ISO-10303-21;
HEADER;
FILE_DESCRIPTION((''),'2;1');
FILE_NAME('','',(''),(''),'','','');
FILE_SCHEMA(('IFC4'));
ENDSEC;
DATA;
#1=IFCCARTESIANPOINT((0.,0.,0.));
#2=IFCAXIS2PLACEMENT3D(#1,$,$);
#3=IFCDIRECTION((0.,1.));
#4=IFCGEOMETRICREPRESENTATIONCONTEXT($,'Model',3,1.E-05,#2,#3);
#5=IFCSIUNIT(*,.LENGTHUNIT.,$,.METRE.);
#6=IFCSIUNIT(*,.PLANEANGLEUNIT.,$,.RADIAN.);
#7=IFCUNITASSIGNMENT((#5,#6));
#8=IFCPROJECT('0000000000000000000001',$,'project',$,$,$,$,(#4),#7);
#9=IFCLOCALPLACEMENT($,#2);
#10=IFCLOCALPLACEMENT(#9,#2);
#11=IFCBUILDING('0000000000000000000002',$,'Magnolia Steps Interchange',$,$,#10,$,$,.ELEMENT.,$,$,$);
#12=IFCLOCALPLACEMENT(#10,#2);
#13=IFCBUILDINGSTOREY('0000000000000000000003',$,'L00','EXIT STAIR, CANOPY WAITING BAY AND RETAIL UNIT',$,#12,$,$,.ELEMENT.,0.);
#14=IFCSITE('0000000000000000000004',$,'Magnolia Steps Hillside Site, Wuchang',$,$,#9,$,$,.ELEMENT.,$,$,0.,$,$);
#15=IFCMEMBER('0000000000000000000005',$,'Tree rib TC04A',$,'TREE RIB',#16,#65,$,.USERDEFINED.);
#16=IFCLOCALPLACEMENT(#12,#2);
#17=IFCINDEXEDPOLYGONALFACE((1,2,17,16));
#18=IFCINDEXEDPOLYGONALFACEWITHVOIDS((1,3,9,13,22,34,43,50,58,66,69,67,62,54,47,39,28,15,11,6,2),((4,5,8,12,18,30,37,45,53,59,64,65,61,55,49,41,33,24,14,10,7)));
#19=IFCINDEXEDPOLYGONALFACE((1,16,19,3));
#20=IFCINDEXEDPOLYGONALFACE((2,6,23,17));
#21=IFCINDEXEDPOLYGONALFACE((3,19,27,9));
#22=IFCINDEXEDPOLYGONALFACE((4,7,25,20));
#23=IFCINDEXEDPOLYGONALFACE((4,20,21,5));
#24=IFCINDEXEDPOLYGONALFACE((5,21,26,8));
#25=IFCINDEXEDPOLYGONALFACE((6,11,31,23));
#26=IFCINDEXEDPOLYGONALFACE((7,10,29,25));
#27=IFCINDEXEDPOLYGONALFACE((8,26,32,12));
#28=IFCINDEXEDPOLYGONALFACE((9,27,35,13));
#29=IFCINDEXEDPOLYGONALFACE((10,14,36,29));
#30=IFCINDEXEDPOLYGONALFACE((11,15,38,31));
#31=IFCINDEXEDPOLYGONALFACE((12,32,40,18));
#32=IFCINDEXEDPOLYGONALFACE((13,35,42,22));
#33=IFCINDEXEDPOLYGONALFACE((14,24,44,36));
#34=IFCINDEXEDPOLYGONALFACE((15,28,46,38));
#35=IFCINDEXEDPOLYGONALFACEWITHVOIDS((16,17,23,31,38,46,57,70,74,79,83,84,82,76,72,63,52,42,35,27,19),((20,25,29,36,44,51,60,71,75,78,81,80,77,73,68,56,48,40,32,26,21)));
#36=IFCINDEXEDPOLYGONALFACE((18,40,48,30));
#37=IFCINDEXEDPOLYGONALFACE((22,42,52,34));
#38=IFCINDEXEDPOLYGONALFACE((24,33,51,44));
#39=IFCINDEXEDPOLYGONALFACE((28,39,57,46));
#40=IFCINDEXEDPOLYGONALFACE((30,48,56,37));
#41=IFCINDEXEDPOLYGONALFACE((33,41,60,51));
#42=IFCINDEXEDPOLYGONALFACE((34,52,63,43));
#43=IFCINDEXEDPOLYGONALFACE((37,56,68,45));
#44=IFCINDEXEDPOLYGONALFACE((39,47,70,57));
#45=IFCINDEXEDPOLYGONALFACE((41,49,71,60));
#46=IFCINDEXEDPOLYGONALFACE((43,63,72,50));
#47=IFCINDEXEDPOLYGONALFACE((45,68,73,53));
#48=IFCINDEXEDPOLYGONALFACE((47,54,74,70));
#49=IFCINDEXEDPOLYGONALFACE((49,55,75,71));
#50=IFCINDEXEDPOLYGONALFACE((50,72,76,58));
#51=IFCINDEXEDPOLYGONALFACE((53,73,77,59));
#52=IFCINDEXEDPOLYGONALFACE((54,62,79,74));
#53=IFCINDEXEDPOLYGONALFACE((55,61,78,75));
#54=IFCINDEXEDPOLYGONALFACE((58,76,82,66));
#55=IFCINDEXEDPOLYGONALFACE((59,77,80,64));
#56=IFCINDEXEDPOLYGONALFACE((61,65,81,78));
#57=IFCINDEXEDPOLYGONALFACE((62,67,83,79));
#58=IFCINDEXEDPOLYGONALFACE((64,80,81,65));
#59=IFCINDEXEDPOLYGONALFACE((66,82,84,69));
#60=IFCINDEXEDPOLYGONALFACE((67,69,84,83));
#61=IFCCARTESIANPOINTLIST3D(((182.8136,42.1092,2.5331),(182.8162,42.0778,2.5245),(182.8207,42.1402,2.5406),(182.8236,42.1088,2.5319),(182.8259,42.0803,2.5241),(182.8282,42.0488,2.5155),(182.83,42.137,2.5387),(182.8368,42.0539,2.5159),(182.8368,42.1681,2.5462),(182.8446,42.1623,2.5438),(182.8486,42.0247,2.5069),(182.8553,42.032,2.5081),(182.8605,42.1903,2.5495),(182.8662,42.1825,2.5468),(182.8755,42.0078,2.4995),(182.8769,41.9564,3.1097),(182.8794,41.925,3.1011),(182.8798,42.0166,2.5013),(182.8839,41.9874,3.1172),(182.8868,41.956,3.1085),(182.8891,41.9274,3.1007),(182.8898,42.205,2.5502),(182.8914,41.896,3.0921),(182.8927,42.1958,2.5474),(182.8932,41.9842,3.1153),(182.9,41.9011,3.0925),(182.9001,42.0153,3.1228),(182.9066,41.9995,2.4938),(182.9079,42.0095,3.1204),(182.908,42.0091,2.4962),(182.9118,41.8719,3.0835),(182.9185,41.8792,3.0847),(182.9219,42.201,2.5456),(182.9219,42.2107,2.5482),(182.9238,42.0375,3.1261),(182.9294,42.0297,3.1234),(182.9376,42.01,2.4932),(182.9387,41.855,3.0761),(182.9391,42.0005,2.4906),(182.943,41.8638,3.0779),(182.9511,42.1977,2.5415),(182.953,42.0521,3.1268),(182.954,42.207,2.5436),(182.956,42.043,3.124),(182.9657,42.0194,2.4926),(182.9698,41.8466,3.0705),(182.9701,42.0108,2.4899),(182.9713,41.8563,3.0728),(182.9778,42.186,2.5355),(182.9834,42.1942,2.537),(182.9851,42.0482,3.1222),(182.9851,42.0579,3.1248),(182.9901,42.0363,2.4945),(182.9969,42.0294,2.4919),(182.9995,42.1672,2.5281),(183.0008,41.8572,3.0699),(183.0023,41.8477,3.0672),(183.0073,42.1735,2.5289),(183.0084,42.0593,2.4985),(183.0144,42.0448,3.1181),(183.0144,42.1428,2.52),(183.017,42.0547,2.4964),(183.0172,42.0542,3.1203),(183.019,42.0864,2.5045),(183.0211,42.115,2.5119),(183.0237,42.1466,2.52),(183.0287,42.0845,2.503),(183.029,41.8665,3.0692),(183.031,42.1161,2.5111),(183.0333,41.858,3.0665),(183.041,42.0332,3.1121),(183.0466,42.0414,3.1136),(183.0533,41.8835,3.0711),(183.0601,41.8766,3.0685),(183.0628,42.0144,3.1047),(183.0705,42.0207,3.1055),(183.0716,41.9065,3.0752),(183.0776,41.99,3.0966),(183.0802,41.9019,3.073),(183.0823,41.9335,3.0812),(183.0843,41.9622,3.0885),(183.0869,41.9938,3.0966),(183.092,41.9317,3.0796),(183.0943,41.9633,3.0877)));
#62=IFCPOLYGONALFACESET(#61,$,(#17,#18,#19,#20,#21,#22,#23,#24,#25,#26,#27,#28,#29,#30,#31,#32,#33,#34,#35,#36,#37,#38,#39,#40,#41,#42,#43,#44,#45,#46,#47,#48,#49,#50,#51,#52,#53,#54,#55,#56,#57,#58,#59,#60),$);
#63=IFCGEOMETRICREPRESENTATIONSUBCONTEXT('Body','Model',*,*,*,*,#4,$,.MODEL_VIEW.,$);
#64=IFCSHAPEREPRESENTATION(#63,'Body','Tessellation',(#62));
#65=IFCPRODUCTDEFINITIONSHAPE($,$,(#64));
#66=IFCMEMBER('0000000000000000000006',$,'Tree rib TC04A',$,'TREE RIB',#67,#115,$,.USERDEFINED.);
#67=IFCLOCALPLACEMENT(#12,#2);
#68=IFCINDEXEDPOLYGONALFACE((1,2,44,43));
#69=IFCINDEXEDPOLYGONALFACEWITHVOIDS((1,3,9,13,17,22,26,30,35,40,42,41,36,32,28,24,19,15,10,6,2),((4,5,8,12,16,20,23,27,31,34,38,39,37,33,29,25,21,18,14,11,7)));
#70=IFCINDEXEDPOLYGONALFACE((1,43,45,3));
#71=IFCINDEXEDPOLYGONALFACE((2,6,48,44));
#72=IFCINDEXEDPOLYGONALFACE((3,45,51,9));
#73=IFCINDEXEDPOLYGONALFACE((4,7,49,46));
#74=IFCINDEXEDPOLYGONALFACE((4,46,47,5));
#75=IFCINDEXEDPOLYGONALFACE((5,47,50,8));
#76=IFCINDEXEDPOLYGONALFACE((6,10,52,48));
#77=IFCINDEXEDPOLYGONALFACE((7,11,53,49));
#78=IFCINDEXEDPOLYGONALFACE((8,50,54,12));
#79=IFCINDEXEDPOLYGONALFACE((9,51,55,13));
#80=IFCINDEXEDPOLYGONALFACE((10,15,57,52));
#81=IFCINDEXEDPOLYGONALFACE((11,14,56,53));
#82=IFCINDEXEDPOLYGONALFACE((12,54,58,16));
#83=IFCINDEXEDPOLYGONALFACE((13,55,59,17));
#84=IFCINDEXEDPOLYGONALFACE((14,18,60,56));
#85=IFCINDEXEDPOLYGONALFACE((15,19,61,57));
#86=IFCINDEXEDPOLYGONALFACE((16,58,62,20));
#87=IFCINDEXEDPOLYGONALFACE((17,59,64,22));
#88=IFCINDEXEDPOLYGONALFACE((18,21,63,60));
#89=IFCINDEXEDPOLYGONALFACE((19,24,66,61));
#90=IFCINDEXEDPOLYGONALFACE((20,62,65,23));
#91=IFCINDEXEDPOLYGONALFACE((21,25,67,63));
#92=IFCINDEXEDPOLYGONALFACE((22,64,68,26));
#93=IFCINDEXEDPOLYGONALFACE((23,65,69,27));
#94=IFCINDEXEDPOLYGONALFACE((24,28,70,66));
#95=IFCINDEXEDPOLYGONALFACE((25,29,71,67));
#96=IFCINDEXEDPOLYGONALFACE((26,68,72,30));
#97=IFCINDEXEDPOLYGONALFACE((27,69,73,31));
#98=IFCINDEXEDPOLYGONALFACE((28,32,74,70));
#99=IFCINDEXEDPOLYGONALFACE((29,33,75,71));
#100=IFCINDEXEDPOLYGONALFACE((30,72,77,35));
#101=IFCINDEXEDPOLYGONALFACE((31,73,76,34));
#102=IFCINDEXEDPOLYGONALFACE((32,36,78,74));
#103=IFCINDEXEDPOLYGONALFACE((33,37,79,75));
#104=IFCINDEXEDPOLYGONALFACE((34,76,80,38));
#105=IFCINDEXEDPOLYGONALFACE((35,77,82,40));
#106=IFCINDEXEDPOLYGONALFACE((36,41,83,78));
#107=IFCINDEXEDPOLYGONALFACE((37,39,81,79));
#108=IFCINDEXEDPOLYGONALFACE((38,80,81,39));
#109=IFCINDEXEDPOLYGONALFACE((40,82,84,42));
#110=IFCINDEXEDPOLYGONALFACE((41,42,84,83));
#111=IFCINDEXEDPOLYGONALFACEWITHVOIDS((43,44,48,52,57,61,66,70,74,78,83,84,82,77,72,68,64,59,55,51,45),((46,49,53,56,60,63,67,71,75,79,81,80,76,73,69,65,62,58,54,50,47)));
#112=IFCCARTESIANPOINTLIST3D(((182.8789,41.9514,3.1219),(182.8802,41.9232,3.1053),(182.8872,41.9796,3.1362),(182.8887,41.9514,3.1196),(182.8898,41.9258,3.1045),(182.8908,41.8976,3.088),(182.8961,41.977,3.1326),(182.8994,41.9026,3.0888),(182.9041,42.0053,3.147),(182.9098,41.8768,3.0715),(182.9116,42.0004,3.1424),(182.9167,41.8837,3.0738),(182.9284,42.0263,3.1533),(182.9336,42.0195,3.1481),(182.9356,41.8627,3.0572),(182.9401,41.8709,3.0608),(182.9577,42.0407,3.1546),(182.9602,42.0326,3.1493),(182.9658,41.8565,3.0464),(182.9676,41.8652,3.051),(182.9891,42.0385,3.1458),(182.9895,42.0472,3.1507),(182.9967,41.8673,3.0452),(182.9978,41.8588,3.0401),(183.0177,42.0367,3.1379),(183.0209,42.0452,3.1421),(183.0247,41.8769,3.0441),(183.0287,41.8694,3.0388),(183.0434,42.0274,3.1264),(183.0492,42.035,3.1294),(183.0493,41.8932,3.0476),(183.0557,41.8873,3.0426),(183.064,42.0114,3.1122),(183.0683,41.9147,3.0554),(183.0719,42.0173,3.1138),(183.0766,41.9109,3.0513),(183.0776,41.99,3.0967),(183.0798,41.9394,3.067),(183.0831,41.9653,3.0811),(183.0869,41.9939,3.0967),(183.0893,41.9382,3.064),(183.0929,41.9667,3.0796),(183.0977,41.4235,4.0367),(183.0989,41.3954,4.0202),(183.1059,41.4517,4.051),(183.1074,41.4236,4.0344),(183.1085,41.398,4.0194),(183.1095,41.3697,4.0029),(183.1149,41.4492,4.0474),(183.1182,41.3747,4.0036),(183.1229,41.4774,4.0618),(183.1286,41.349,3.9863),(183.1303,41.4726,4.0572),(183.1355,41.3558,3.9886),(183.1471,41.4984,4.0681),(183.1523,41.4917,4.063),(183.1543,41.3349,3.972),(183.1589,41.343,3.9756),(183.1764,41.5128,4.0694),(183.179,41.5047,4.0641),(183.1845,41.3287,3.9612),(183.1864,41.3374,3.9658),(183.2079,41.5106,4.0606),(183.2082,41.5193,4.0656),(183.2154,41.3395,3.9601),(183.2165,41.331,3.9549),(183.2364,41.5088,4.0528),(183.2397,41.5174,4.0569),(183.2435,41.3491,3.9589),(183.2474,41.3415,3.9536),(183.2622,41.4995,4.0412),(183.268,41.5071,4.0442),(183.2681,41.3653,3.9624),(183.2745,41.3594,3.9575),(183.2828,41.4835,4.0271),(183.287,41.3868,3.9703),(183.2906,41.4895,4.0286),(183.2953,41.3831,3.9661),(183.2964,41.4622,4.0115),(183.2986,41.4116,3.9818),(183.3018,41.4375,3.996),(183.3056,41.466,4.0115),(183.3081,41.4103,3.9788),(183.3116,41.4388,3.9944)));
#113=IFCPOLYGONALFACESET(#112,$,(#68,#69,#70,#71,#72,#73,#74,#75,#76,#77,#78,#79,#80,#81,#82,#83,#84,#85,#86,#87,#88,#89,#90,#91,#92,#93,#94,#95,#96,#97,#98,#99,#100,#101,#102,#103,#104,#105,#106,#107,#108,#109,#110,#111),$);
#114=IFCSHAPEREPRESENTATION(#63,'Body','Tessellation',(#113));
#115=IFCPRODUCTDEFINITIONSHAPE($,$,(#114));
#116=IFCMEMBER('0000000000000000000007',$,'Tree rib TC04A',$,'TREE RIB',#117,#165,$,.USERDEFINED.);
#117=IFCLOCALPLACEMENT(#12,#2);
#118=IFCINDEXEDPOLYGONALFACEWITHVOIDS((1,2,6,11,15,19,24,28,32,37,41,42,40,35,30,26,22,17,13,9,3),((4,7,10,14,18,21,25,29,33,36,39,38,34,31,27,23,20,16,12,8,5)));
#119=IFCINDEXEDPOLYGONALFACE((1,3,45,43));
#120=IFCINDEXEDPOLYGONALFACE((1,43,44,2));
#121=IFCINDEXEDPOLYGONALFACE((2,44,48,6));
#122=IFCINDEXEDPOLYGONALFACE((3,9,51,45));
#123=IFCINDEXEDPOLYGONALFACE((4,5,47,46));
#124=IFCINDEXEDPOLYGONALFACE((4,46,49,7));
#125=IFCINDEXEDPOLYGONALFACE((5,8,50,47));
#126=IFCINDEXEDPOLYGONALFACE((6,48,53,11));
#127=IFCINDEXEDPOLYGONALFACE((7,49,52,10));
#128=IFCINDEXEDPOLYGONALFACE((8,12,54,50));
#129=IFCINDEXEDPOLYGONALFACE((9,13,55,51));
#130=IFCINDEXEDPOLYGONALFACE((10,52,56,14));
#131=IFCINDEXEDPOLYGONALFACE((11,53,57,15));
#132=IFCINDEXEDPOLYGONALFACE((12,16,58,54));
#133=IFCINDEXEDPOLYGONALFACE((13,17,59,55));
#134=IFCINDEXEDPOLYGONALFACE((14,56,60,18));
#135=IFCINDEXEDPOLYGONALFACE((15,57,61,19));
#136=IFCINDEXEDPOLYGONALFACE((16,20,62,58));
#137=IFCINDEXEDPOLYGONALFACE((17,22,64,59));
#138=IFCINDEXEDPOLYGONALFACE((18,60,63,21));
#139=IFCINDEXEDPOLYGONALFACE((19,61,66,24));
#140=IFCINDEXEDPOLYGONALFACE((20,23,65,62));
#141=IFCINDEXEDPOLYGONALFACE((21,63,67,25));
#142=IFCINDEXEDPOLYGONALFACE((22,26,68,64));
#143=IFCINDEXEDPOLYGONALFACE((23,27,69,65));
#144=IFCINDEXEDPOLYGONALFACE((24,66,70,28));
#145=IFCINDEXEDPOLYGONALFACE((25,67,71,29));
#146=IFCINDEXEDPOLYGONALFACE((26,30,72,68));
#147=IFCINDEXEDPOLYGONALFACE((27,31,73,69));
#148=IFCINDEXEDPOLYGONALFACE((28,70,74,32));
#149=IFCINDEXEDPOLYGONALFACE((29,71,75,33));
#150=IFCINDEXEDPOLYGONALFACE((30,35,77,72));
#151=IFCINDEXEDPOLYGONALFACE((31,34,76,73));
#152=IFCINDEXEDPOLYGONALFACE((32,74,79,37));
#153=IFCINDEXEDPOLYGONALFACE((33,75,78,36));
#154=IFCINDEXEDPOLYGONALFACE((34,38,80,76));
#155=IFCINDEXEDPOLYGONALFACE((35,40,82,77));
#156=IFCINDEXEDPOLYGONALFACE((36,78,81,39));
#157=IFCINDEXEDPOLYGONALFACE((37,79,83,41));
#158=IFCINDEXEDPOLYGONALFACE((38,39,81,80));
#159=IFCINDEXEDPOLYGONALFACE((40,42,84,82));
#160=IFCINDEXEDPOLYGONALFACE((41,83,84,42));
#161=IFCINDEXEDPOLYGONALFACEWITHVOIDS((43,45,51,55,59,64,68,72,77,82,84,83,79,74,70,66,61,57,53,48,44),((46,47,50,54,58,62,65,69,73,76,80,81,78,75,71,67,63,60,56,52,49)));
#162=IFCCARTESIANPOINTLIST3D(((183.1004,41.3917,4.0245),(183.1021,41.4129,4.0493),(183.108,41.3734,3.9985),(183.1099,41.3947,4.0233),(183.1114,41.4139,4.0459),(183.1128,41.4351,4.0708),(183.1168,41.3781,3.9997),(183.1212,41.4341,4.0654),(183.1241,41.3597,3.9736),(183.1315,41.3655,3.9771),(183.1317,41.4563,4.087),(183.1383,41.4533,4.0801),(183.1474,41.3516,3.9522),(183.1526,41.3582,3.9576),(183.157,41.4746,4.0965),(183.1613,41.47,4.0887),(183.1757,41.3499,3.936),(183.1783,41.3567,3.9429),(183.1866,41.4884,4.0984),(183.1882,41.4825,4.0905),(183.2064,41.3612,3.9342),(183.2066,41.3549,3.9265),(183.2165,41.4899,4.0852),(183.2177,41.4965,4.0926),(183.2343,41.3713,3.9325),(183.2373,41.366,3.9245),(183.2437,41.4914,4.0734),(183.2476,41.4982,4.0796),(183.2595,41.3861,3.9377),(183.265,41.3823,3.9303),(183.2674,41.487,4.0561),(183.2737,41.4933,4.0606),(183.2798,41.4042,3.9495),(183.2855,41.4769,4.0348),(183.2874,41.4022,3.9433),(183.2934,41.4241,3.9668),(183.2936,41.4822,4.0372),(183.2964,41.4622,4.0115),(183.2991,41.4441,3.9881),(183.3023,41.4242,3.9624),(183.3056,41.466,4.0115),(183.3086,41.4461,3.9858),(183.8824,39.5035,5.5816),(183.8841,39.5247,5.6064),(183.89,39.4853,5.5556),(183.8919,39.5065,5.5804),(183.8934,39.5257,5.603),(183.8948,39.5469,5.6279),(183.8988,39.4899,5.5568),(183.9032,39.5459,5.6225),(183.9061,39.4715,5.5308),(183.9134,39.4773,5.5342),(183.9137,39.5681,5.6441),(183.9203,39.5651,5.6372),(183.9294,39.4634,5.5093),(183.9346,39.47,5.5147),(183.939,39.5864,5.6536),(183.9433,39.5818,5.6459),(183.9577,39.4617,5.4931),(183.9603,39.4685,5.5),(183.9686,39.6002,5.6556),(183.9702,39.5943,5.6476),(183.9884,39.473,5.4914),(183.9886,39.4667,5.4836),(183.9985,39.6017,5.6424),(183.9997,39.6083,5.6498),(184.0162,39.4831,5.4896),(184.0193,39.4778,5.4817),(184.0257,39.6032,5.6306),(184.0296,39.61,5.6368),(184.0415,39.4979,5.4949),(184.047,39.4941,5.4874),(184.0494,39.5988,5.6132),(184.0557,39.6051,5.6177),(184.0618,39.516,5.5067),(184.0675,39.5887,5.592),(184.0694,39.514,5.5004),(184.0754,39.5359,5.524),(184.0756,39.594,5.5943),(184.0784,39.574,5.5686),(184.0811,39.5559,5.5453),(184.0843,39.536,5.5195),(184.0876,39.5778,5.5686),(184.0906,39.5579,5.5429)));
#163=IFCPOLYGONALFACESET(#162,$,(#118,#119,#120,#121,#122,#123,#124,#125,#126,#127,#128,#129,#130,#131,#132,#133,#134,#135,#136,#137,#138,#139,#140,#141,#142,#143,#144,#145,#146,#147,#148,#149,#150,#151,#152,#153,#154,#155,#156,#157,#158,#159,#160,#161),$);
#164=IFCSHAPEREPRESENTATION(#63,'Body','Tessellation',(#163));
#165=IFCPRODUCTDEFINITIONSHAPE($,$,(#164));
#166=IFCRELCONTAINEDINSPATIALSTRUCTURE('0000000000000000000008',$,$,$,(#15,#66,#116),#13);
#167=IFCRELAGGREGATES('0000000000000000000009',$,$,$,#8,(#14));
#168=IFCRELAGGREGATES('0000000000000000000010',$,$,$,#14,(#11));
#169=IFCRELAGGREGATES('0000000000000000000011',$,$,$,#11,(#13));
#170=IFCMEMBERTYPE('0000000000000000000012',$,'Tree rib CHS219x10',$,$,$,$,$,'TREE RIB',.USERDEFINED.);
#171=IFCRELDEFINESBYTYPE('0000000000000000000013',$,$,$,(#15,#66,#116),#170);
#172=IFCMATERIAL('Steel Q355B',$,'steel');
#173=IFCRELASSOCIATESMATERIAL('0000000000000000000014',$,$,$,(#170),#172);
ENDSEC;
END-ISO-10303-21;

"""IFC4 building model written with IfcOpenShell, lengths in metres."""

from ifc_helpers import new_model, si_unit, direction, frame, origin, origin_2d, place, context, subcontext, project, spatial, hollow_circle, extrude, material, material_profile, profile_set, type_object, element, save


model = new_model("IFC4")

# Units and contexts
model_context = context("Model", 3, precision=1e-05, world=origin(), true_north=direction((0.0, 1.0)))
body_context = subcontext(model_context, "Body", "Model", "MODEL_VIEW")
ifc_project = project(units=[si_unit("LENGTHUNIT", "METRE"), si_unit("PLANEANGLEUNIT", "RADIAN")], contexts=[model_context])

# Site, building, storey
site_placement = place(None, origin())
site = spatial("IfcSite", under=ifc_project, at=site_placement, Name="Magnolia Steps Hillside Site, Wuchang", CompositionType="ELEMENT", RefElevation=0.0)
building_placement = place(site_placement, origin())
building = spatial("IfcBuilding", under=site, at=building_placement, Name="Magnolia Steps Interchange", CompositionType="ELEMENT")
storey_placement = place(building_placement, origin())
storey = spatial("IfcBuildingStorey", under=building, at=storey_placement, Name="L00", Description="EXIT STAIR, CANOPY WAITING BAY AND RETAIL UNIT", CompositionType="ELEMENT", Elevation=0.0)

# Members
ifc_material_1 = material(Name="Steel Q355B", Category="steel")
ifc_material_profile_1 = material_profile(ifc_material_1, hollow_circle(Radius=0.1096, WallThickness=0.01, at=origin_2d()), Name="CHS219x10")
ifc_profile_set_1 = profile_set([ifc_material_profile_1], Name="Steel Q355B")
member_type_1 = type_object("IfcMemberType", Name="Tree rib CHS219x10", ElementType="TREE RIB", PredefinedType="USERDEFINED", material=ifc_profile_set_1)
member_1_placement = place(storey_placement, frame((182.9224, 42.1047, 2.52), z_axis=(0.105403, -0.254758, 0.961243), x_axis=(0.924035, 0.382308, 0.0)))
element("IfcMember", 1, at=member_1_placement, inside=storey, type_object=member_type_1, Name="Tree rib TC04A", ObjectType="TREE RIB", PredefinedType="USERDEFINED", context=body_context, shape_type="SweptSolid", body=[
    extrude(hollow_circle(Radius=0.1096, WallThickness=0.01, at=origin_2d()), origin(), (0.0, 0.0, 1.0), 0.5999),
])
member_2_placement = place(storey_placement, frame((182.9856, 41.9519, 3.0967), z_axis=(0.202815, -0.489382, 0.848157), x_axis=(0.923808, 0.382855, 0.0)))
element("IfcMember", 2, at=member_2_placement, inside=storey, type_object=member_type_1, Name="Tree rib TC04A", ObjectType="TREE RIB", PredefinedType="USERDEFINED", context=body_context, shape_type="SweptSolid", body=[
    extrude(hollow_circle(Radius=0.1096, WallThickness=0.01, at=origin_2d()), origin(), (0.0, 0.0, 1.0), 1.0786),
])
member_3_placement = place(storey_placement, frame((183.2043, 41.4241, 4.0115), z_axis=(0.304354, -0.734897, 0.606048), x_axis=(0.923902, 0.38263, 0.0)))
element("IfcMember", 3, at=member_3_placement, inside=storey, type_object=member_type_1, Name="Tree rib TC04A", ObjectType="TREE RIB", PredefinedType="USERDEFINED", context=body_context, shape_type="SweptSolid", body=[
    extrude(hollow_circle(Radius=0.1096, WallThickness=0.01, at=origin_2d()), origin(), (0.0, 0.0, 1.0), 2.5693),
])

save(model, "model.ifc")
